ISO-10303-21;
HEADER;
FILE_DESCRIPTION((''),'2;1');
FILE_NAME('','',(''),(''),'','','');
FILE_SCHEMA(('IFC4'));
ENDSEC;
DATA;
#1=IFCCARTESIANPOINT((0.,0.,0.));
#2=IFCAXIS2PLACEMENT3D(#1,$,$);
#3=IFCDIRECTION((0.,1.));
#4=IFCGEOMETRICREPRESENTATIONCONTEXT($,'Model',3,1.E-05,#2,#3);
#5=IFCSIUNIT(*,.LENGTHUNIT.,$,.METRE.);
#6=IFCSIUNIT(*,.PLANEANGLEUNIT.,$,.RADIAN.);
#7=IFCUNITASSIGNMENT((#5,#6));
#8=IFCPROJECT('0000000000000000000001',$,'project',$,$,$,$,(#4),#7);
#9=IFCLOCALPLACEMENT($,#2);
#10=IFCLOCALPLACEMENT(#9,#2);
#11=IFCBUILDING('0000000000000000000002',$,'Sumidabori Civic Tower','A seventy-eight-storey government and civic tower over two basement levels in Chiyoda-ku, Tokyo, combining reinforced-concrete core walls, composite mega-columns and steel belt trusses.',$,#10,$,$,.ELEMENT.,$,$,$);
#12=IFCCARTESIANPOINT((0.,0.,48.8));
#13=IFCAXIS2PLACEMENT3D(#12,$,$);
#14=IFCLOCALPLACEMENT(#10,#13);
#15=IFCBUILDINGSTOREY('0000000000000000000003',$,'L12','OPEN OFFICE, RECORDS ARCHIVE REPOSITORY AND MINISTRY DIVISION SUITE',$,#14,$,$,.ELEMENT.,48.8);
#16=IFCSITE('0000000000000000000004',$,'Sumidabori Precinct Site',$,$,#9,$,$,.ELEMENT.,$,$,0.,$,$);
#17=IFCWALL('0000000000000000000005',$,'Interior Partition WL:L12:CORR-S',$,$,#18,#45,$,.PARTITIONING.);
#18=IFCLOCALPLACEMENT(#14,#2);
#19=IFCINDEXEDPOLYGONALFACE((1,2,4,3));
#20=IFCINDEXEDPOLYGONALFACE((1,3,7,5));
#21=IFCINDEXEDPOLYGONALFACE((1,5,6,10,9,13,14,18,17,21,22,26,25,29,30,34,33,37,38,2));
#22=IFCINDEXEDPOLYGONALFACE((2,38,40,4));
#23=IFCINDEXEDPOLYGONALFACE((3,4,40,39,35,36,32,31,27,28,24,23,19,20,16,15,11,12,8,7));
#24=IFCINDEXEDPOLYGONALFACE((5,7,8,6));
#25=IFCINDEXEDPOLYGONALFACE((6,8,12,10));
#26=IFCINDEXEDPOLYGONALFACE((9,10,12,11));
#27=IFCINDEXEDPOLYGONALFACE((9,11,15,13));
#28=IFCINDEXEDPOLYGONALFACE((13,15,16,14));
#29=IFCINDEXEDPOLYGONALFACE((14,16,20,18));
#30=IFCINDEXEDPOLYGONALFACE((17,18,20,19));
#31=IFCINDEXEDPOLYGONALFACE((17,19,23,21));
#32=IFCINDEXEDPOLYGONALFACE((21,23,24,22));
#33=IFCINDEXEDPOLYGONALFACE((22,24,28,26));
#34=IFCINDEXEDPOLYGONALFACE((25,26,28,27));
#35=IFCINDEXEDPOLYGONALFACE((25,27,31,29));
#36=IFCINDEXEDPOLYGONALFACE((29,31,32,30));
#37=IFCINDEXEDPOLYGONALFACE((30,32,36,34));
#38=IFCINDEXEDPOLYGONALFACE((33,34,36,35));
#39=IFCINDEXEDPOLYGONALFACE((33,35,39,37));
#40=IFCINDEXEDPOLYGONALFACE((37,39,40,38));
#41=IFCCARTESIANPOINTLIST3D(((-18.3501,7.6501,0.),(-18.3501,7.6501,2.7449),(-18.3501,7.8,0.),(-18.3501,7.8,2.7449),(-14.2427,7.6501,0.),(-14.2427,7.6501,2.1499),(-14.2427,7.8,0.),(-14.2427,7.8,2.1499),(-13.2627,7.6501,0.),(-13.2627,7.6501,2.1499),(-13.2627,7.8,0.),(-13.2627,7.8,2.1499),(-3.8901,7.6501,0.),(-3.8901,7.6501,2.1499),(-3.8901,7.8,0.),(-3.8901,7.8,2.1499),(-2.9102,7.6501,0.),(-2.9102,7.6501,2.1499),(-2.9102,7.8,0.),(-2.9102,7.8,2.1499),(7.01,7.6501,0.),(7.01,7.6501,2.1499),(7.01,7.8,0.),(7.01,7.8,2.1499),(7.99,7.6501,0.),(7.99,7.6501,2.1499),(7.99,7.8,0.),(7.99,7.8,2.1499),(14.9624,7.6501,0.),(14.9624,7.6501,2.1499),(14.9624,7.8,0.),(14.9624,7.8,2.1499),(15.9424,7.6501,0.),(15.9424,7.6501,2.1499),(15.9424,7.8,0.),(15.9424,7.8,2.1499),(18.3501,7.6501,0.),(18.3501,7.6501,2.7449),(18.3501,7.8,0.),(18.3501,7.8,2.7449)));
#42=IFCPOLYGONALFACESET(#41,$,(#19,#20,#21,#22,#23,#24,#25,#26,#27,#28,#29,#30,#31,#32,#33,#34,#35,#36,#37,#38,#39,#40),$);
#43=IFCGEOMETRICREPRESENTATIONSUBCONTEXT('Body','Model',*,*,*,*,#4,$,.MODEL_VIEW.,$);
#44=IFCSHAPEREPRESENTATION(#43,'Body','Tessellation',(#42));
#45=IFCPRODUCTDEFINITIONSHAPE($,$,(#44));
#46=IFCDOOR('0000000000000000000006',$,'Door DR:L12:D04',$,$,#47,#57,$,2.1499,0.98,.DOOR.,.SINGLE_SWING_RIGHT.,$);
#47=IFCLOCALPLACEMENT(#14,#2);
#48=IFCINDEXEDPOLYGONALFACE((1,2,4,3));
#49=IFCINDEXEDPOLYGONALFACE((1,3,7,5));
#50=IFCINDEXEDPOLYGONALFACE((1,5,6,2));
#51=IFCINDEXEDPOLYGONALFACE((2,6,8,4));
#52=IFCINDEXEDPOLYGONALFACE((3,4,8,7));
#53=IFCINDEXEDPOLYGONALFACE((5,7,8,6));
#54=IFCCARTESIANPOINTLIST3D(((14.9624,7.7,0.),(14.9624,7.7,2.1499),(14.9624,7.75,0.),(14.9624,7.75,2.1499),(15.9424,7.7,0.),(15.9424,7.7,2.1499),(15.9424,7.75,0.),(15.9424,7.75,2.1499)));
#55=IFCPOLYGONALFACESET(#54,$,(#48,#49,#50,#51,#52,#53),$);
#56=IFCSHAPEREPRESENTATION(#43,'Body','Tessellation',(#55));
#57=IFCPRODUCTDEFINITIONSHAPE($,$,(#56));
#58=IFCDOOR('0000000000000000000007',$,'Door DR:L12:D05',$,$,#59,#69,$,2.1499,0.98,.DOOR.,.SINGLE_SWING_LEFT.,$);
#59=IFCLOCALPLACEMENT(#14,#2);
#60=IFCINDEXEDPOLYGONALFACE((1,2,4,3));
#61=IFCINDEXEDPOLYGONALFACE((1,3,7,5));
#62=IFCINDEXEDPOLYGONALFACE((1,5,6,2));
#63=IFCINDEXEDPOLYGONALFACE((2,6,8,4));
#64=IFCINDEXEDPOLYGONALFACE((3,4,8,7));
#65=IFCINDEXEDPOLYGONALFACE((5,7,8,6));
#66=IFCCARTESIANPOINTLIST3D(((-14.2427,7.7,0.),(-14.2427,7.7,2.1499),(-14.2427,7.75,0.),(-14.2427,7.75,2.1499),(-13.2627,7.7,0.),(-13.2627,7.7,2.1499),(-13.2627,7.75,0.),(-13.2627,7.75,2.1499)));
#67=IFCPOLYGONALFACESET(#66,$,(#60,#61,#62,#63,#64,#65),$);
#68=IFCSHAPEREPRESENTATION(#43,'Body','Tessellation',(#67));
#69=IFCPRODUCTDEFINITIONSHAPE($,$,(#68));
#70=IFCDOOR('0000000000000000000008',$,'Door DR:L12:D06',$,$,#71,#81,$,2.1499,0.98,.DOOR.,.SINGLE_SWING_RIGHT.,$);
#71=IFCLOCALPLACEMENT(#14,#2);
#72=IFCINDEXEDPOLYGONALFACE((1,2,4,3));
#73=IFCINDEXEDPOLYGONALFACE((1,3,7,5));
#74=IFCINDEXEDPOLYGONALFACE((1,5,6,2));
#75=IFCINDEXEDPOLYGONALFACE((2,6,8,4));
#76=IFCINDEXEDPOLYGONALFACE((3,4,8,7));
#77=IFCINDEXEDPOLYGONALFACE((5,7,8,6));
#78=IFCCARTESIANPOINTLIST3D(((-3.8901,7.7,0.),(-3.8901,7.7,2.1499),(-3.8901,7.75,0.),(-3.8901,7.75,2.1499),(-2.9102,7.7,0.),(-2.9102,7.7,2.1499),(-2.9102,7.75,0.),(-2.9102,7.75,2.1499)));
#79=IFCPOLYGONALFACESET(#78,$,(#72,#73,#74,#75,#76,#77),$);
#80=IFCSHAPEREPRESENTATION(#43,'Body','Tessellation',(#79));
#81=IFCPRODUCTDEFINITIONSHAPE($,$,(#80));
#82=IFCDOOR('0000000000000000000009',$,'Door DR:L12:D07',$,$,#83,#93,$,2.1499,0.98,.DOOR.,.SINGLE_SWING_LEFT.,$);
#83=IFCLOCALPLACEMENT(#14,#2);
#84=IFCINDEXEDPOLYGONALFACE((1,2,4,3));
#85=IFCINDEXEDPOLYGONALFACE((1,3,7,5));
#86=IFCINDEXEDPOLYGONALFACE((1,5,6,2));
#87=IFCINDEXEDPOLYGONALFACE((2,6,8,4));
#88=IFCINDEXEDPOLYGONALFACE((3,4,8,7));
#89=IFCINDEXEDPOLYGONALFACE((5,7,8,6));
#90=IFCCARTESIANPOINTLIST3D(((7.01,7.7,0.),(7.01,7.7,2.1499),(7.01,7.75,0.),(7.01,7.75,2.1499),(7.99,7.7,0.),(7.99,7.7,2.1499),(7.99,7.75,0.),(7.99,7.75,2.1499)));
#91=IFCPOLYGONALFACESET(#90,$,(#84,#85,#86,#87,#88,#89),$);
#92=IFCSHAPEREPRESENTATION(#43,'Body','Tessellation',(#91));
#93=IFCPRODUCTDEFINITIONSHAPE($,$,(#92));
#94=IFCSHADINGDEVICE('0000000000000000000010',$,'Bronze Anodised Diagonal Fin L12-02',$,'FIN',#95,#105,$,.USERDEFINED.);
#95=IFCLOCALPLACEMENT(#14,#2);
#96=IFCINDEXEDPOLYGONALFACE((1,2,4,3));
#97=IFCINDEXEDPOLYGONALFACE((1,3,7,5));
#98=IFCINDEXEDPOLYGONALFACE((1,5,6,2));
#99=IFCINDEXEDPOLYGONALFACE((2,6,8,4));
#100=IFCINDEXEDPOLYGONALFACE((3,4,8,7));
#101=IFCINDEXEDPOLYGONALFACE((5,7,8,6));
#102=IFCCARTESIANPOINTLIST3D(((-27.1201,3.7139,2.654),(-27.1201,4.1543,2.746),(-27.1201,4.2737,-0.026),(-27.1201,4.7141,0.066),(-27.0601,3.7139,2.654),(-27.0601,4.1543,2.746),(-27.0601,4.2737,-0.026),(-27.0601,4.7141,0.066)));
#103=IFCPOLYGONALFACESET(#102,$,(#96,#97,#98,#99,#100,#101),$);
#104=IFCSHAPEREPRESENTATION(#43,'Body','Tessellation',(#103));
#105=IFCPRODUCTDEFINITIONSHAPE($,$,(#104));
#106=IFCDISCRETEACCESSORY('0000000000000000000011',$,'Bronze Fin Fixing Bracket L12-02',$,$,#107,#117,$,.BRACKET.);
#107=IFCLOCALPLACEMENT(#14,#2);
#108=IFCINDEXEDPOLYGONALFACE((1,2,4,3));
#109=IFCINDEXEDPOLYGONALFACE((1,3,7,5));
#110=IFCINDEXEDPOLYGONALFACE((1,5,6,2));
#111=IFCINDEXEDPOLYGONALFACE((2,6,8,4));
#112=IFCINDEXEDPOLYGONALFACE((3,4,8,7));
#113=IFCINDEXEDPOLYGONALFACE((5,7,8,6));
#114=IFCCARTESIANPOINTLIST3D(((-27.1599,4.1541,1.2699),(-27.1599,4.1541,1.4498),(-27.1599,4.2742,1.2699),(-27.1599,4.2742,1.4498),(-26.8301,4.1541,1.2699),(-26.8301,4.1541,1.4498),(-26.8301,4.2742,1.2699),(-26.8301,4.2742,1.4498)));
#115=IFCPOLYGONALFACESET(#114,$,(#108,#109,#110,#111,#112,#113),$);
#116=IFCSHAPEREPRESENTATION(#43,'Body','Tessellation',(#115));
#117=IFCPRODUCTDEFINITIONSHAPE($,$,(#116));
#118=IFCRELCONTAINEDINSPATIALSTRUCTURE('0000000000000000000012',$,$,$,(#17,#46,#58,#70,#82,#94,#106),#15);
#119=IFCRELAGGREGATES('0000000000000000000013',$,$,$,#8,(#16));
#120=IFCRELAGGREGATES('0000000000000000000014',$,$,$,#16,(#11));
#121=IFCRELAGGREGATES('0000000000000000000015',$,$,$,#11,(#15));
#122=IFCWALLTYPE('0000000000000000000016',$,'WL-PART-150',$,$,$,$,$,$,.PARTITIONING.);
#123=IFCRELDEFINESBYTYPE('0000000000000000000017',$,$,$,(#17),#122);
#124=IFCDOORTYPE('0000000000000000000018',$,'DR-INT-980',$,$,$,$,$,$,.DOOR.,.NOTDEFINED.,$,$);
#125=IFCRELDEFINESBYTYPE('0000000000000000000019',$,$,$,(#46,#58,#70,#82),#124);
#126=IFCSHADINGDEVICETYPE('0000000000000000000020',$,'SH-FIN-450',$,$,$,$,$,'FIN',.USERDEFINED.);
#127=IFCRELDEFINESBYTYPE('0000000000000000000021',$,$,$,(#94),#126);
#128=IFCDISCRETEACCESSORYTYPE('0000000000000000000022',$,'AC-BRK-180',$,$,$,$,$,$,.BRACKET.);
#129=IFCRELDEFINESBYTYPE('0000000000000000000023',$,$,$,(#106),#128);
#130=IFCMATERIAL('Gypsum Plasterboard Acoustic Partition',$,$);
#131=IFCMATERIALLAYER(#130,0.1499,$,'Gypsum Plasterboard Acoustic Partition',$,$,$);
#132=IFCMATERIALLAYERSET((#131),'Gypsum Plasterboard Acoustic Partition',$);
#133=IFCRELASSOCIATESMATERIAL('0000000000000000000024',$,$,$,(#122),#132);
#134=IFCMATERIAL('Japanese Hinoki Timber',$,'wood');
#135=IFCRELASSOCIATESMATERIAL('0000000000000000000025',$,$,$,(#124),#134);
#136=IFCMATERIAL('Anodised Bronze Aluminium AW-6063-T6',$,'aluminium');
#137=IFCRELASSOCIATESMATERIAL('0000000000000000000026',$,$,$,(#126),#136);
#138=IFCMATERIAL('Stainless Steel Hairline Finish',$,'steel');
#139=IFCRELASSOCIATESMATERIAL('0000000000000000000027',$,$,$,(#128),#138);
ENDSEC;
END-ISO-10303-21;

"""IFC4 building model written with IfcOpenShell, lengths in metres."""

from ifc_helpers import new_model, si_unit, direction, frame, frame_2d, origin, origin_2d, place, context, subcontext, project, spatial, rectangle, extrude, source, transform, mapped, material, layer, layer_set, material_profile, profile_set, type_object, element, fill, save


model = new_model("IFC4")

# Units and contexts
model_context = context("Model", 3, precision=1e-05, world=origin(), true_north=direction((0.0, 1.0)))
body_context = subcontext(model_context, "Body", "Model", "MODEL_VIEW")
ifc_project = project(units=[si_unit("LENGTHUNIT", "METRE"), si_unit("PLANEANGLEUNIT", "RADIAN")], contexts=[model_context])

# Site, building, storey
site_placement = place(None, origin())
site = spatial("IfcSite", under=ifc_project, at=site_placement, Name="Sumidabori Precinct Site", CompositionType="ELEMENT", RefElevation=0.0)
building_placement = place(site_placement, origin())
building = spatial("IfcBuilding", under=site, at=building_placement, Name="Sumidabori Civic Tower", Description="A seventy-eight-storey government and civic tower over two basement levels in Chiyoda-ku, Tokyo, combining reinforced-concrete core walls, composite mega-columns and steel belt trusses.", CompositionType="ELEMENT")
storey_placement = place(building_placement, frame((0.0, 0.0, 48.8)))
storey = spatial("IfcBuildingStorey", under=building, at=storey_placement, Name="L12", Description="OPEN OFFICE, RECORDS ARCHIVE REPOSITORY AND MINISTRY DIVISION SUITE", CompositionType="ELEMENT", Elevation=48.8)

# Shared definitions
ifc_material_1 = material(Name="Anodised Bronze Aluminium AW-6063-T6", Category="aluminium")

# Shared definitions
ifc_material_2 = material(Name="Gypsum Plasterboard Acoustic Partition")
ifc_layer_1 = layer(ifc_material_2, 0.1499, Name="Gypsum Plasterboard Acoustic Partition")
ifc_layer_set_1 = layer_set([ifc_layer_1], Name="Gypsum Plasterboard Acoustic Partition")
wall_type = type_object("IfcWallType", Name="WL-PART-150", PredefinedType="PARTITIONING", material=ifc_layer_set_1)

# Shared definitions
ifc_material_3 = material(Name="Japanese Hinoki Timber", Category="wood")

# Wall, openings, doors
shared_shape_1 = source(origin(), body_context, "Body", "SweptSolid", [
    extrude(rectangle(XDim=36.7002, YDim=0.1499, at=frame_2d((18.3501, 0.0))), origin(), (0.0, 0.0, 1.0), 2.7449),
])
wall_1_placement = place(storey_placement, frame((-18.3501, 7.7251, 0.0), z_axis=(0.0, 0.0, 1.0), x_axis=(1.0, 0.0, 0.0)))
wall_1 = element("IfcWall", 1, at=wall_1_placement, inside=storey, type_object=wall_type, Name="Interior Partition WL:L12:CORR-S", PredefinedType="PARTITIONING", context=body_context, shape_type="MappedRepresentation", body=[
    mapped(shared_shape_1, transform((0.0, 0.0, 0.0), x_axis=(1.0, 0.0, 0.0), y_axis=(0.0, 1.0, 0.0), z_axis=(0.0, 0.0, 1.0), scale=1.0)),
])
opening_1_placement = place(wall_1_placement, frame((33.3125, 0.0, 0.0)))
opening_1 = element("IfcOpeningElement", 2, at=opening_1_placement, cuts=wall_1, PredefinedType="OPENING", context=body_context, shape_type="SweptSolid", body=[
    extrude(rectangle(XDim=0.98, YDim=2.1499, at=frame_2d((0.49, 1.075))), frame((0.0, 0.0869, 0.0), z_axis=(0.0, -1.0, 0.0), x_axis=(1.0, 0.0, 0.0)), (0.0, 0.0, 1.0), 0.1738),
])
opening_2_placement = place(wall_1_placement, frame((4.1074, 0.0, 0.0)))
opening_2 = element("IfcOpeningElement", 3, at=opening_2_placement, cuts=wall_1, PredefinedType="OPENING", context=body_context, shape_type="SweptSolid", body=[
    extrude(rectangle(XDim=0.98, YDim=2.1499, at=frame_2d((0.49, 1.075))), frame((0.0, 0.0869, 0.0), z_axis=(0.0, -1.0, 0.0), x_axis=(1.0, 0.0, 0.0)), (0.0, 0.0, 1.0), 0.1738),
])
opening_3_placement = place(wall_1_placement, frame((14.46, 0.0, 0.0)))
opening_3 = element("IfcOpeningElement", 4, at=opening_3_placement, cuts=wall_1, PredefinedType="OPENING", context=body_context, shape_type="SweptSolid", body=[
    extrude(rectangle(XDim=0.98, YDim=2.1499, at=frame_2d((0.49, 1.075))), frame((0.0, 0.0869, 0.0), z_axis=(0.0, -1.0, 0.0), x_axis=(1.0, 0.0, 0.0)), (0.0, 0.0, 1.0), 0.1738),
])
opening_4_placement = place(wall_1_placement, frame((25.3601, 0.0, 0.0)))
opening_4 = element("IfcOpeningElement", 5, at=opening_4_placement, cuts=wall_1, PredefinedType="OPENING", context=body_context, shape_type="SweptSolid", body=[
    extrude(rectangle(XDim=0.98, YDim=2.1499, at=frame_2d((0.49, 1.075))), frame((0.0, 0.0869, 0.0), z_axis=(0.0, -1.0, 0.0), x_axis=(1.0, 0.0, 0.0)), (0.0, 0.0, 1.0), 0.1738),
])
door_type_1 = type_object("IfcDoorType", Name="DR-INT-980", OperationType="NOTDEFINED", PredefinedType="DOOR", material=ifc_material_3)
shared_shape_2 = source(origin(), body_context, "Body", "SweptSolid", [
    extrude(rectangle(XDim=0.98, YDim=2.1499, at=frame_2d((0.49, 1.075))), frame((0.0, 0.0249, 0.0), z_axis=(0.0, -1.0, 0.0), x_axis=(1.0, 0.0, 0.0)), (0.0, 0.0, 1.0), 0.05),
])
door_1_placement = place(opening_1_placement, origin())
door_1 = element("IfcDoor", 6, at=door_1_placement, inside=storey, type_object=door_type_1, Name="Door DR:L12:D04", OperationType="SINGLE_SWING_RIGHT", OverallHeight=2.1499, OverallWidth=0.98, PredefinedType="DOOR", context=body_context, shape_type="MappedRepresentation", body=[
    mapped(shared_shape_2, transform((0.0, 0.0, 0.0), x_axis=(1.0, 0.0, 0.0), y_axis=(0.0, 1.0, 0.0), z_axis=(0.0, 0.0, 1.0), scale=1.0)),
])
fill(opening_1, door_1)
door_2_placement = place(opening_2_placement, origin())
door_2 = element("IfcDoor", 7, at=door_2_placement, inside=storey, type_object=door_type_1, Name="Door DR:L12:D05", OperationType="SINGLE_SWING_LEFT", OverallHeight=2.1499, OverallWidth=0.98, PredefinedType="DOOR", context=body_context, shape_type="MappedRepresentation", body=[
    mapped(shared_shape_2, transform((0.0, 0.0, 0.0), x_axis=(1.0, 0.0, 0.0), y_axis=(0.0, 1.0, 0.0), z_axis=(0.0, 0.0, 1.0), scale=1.0)),
])
fill(opening_2, door_2)
door_3_placement = place(opening_3_placement, origin())
door_3 = element("IfcDoor", 8, at=door_3_placement, inside=storey, type_object=door_type_1, Name="Door DR:L12:D06", OperationType="SINGLE_SWING_RIGHT", OverallHeight=2.1499, OverallWidth=0.98, PredefinedType="DOOR", context=body_context, shape_type="MappedRepresentation", body=[
    mapped(shared_shape_2, transform((0.0, 0.0, 0.0), x_axis=(1.0, 0.0, 0.0), y_axis=(0.0, 1.0, 0.0), z_axis=(0.0, 0.0, 1.0), scale=1.0)),
])
fill(opening_3, door_3)
door_4_placement = place(opening_4_placement, origin())
door_4 = element("IfcDoor", 9, at=door_4_placement, inside=storey, type_object=door_type_1, Name="Door DR:L12:D07", OperationType="SINGLE_SWING_LEFT", OverallHeight=2.1499, OverallWidth=0.98, PredefinedType="DOOR", context=body_context, shape_type="MappedRepresentation", body=[
    mapped(shared_shape_2, transform((0.0, 0.0, 0.0), x_axis=(1.0, 0.0, 0.0), y_axis=(0.0, 1.0, 0.0), z_axis=(0.0, 0.0, 1.0), scale=1.0)),
])
fill(opening_4, door_4)

# Shading device
ifc_material_profile_1 = material_profile(ifc_material_1, rectangle(XDim=0.0601, YDim=0.45, at=origin_2d()), Name="BRONZE FIN 450x60")
ifc_profile_set_1 = profile_set([ifc_material_profile_1], Name="Anodised Bronze Aluminium AW-6063-T6")
shading_device_type = type_object("IfcShadingDeviceType", Name="SH-FIN-450", ElementType="FIN", PredefinedType="USERDEFINED", material=ifc_profile_set_1)
shared_shape_3 = source(origin(), body_context, "Body", "SweptSolid", [
    extrude(rectangle(XDim=0.0601, YDim=0.45, at=origin_2d()), origin(), (0.0, 0.0, 1.0), 2.7378),
])
shading_device_placement = place(storey_placement, frame((-27.0901, 4.4939, 0.02), z_axis=(0.0, -0.204478, 0.978871), x_axis=(-1.0, 0.0, 0.0)))
element("IfcShadingDevice", 10, at=shading_device_placement, inside=storey, type_object=shading_device_type, Name="Bronze Anodised Diagonal Fin L12-02", ObjectType="FIN", PredefinedType="USERDEFINED", context=body_context, shape_type="MappedRepresentation", body=[
    mapped(shared_shape_3, transform((0.0, 0.0, 0.0), x_axis=(1.0, 0.0, 0.0), y_axis=(0.0, 1.0, 0.0), z_axis=(0.0, 0.0, 1.0), scale=1.0)),
])

# Discrete accessory
ifc_material_4 = material(Name="Stainless Steel Hairline Finish", Category="steel")
ifc_material_profile_2 = material_profile(ifc_material_4, rectangle(XDim=0.1201, YDim=0.1799, at=origin_2d()), Name="STEEL BRACKET 180x120")
ifc_profile_set_2 = profile_set([ifc_material_profile_2], Name="Stainless Steel Hairline Finish")
discrete_accessory_type = type_object("IfcDiscreteAccessoryType", Name="AC-BRK-180", PredefinedType="BRACKET", material=ifc_profile_set_2)
shared_shape_4 = source(origin(), body_context, "Body", "SweptSolid", [
    extrude(rectangle(XDim=0.1201, YDim=0.1799, at=origin_2d()), origin(), (0.0, 0.0, 1.0), 0.3298),
])
discrete_accessory_placement = place(storey_placement, frame((-26.8301, 4.2141, 1.3599), z_axis=(-1.0, 0.0, 0.0), x_axis=(0.0, -1.0, 0.0)))
element("IfcDiscreteAccessory", 11, at=discrete_accessory_placement, inside=storey, type_object=discrete_accessory_type, Name="Bronze Fin Fixing Bracket L12-02", PredefinedType="BRACKET", context=body_context, shape_type="MappedRepresentation", body=[
    mapped(shared_shape_4, transform((0.0, 0.0, 0.0), x_axis=(1.0, 0.0, 0.0), y_axis=(0.0, 1.0, 0.0), z_axis=(0.0, 0.0, 1.0), scale=1.0)),
])

save(model, "model.ifc")
